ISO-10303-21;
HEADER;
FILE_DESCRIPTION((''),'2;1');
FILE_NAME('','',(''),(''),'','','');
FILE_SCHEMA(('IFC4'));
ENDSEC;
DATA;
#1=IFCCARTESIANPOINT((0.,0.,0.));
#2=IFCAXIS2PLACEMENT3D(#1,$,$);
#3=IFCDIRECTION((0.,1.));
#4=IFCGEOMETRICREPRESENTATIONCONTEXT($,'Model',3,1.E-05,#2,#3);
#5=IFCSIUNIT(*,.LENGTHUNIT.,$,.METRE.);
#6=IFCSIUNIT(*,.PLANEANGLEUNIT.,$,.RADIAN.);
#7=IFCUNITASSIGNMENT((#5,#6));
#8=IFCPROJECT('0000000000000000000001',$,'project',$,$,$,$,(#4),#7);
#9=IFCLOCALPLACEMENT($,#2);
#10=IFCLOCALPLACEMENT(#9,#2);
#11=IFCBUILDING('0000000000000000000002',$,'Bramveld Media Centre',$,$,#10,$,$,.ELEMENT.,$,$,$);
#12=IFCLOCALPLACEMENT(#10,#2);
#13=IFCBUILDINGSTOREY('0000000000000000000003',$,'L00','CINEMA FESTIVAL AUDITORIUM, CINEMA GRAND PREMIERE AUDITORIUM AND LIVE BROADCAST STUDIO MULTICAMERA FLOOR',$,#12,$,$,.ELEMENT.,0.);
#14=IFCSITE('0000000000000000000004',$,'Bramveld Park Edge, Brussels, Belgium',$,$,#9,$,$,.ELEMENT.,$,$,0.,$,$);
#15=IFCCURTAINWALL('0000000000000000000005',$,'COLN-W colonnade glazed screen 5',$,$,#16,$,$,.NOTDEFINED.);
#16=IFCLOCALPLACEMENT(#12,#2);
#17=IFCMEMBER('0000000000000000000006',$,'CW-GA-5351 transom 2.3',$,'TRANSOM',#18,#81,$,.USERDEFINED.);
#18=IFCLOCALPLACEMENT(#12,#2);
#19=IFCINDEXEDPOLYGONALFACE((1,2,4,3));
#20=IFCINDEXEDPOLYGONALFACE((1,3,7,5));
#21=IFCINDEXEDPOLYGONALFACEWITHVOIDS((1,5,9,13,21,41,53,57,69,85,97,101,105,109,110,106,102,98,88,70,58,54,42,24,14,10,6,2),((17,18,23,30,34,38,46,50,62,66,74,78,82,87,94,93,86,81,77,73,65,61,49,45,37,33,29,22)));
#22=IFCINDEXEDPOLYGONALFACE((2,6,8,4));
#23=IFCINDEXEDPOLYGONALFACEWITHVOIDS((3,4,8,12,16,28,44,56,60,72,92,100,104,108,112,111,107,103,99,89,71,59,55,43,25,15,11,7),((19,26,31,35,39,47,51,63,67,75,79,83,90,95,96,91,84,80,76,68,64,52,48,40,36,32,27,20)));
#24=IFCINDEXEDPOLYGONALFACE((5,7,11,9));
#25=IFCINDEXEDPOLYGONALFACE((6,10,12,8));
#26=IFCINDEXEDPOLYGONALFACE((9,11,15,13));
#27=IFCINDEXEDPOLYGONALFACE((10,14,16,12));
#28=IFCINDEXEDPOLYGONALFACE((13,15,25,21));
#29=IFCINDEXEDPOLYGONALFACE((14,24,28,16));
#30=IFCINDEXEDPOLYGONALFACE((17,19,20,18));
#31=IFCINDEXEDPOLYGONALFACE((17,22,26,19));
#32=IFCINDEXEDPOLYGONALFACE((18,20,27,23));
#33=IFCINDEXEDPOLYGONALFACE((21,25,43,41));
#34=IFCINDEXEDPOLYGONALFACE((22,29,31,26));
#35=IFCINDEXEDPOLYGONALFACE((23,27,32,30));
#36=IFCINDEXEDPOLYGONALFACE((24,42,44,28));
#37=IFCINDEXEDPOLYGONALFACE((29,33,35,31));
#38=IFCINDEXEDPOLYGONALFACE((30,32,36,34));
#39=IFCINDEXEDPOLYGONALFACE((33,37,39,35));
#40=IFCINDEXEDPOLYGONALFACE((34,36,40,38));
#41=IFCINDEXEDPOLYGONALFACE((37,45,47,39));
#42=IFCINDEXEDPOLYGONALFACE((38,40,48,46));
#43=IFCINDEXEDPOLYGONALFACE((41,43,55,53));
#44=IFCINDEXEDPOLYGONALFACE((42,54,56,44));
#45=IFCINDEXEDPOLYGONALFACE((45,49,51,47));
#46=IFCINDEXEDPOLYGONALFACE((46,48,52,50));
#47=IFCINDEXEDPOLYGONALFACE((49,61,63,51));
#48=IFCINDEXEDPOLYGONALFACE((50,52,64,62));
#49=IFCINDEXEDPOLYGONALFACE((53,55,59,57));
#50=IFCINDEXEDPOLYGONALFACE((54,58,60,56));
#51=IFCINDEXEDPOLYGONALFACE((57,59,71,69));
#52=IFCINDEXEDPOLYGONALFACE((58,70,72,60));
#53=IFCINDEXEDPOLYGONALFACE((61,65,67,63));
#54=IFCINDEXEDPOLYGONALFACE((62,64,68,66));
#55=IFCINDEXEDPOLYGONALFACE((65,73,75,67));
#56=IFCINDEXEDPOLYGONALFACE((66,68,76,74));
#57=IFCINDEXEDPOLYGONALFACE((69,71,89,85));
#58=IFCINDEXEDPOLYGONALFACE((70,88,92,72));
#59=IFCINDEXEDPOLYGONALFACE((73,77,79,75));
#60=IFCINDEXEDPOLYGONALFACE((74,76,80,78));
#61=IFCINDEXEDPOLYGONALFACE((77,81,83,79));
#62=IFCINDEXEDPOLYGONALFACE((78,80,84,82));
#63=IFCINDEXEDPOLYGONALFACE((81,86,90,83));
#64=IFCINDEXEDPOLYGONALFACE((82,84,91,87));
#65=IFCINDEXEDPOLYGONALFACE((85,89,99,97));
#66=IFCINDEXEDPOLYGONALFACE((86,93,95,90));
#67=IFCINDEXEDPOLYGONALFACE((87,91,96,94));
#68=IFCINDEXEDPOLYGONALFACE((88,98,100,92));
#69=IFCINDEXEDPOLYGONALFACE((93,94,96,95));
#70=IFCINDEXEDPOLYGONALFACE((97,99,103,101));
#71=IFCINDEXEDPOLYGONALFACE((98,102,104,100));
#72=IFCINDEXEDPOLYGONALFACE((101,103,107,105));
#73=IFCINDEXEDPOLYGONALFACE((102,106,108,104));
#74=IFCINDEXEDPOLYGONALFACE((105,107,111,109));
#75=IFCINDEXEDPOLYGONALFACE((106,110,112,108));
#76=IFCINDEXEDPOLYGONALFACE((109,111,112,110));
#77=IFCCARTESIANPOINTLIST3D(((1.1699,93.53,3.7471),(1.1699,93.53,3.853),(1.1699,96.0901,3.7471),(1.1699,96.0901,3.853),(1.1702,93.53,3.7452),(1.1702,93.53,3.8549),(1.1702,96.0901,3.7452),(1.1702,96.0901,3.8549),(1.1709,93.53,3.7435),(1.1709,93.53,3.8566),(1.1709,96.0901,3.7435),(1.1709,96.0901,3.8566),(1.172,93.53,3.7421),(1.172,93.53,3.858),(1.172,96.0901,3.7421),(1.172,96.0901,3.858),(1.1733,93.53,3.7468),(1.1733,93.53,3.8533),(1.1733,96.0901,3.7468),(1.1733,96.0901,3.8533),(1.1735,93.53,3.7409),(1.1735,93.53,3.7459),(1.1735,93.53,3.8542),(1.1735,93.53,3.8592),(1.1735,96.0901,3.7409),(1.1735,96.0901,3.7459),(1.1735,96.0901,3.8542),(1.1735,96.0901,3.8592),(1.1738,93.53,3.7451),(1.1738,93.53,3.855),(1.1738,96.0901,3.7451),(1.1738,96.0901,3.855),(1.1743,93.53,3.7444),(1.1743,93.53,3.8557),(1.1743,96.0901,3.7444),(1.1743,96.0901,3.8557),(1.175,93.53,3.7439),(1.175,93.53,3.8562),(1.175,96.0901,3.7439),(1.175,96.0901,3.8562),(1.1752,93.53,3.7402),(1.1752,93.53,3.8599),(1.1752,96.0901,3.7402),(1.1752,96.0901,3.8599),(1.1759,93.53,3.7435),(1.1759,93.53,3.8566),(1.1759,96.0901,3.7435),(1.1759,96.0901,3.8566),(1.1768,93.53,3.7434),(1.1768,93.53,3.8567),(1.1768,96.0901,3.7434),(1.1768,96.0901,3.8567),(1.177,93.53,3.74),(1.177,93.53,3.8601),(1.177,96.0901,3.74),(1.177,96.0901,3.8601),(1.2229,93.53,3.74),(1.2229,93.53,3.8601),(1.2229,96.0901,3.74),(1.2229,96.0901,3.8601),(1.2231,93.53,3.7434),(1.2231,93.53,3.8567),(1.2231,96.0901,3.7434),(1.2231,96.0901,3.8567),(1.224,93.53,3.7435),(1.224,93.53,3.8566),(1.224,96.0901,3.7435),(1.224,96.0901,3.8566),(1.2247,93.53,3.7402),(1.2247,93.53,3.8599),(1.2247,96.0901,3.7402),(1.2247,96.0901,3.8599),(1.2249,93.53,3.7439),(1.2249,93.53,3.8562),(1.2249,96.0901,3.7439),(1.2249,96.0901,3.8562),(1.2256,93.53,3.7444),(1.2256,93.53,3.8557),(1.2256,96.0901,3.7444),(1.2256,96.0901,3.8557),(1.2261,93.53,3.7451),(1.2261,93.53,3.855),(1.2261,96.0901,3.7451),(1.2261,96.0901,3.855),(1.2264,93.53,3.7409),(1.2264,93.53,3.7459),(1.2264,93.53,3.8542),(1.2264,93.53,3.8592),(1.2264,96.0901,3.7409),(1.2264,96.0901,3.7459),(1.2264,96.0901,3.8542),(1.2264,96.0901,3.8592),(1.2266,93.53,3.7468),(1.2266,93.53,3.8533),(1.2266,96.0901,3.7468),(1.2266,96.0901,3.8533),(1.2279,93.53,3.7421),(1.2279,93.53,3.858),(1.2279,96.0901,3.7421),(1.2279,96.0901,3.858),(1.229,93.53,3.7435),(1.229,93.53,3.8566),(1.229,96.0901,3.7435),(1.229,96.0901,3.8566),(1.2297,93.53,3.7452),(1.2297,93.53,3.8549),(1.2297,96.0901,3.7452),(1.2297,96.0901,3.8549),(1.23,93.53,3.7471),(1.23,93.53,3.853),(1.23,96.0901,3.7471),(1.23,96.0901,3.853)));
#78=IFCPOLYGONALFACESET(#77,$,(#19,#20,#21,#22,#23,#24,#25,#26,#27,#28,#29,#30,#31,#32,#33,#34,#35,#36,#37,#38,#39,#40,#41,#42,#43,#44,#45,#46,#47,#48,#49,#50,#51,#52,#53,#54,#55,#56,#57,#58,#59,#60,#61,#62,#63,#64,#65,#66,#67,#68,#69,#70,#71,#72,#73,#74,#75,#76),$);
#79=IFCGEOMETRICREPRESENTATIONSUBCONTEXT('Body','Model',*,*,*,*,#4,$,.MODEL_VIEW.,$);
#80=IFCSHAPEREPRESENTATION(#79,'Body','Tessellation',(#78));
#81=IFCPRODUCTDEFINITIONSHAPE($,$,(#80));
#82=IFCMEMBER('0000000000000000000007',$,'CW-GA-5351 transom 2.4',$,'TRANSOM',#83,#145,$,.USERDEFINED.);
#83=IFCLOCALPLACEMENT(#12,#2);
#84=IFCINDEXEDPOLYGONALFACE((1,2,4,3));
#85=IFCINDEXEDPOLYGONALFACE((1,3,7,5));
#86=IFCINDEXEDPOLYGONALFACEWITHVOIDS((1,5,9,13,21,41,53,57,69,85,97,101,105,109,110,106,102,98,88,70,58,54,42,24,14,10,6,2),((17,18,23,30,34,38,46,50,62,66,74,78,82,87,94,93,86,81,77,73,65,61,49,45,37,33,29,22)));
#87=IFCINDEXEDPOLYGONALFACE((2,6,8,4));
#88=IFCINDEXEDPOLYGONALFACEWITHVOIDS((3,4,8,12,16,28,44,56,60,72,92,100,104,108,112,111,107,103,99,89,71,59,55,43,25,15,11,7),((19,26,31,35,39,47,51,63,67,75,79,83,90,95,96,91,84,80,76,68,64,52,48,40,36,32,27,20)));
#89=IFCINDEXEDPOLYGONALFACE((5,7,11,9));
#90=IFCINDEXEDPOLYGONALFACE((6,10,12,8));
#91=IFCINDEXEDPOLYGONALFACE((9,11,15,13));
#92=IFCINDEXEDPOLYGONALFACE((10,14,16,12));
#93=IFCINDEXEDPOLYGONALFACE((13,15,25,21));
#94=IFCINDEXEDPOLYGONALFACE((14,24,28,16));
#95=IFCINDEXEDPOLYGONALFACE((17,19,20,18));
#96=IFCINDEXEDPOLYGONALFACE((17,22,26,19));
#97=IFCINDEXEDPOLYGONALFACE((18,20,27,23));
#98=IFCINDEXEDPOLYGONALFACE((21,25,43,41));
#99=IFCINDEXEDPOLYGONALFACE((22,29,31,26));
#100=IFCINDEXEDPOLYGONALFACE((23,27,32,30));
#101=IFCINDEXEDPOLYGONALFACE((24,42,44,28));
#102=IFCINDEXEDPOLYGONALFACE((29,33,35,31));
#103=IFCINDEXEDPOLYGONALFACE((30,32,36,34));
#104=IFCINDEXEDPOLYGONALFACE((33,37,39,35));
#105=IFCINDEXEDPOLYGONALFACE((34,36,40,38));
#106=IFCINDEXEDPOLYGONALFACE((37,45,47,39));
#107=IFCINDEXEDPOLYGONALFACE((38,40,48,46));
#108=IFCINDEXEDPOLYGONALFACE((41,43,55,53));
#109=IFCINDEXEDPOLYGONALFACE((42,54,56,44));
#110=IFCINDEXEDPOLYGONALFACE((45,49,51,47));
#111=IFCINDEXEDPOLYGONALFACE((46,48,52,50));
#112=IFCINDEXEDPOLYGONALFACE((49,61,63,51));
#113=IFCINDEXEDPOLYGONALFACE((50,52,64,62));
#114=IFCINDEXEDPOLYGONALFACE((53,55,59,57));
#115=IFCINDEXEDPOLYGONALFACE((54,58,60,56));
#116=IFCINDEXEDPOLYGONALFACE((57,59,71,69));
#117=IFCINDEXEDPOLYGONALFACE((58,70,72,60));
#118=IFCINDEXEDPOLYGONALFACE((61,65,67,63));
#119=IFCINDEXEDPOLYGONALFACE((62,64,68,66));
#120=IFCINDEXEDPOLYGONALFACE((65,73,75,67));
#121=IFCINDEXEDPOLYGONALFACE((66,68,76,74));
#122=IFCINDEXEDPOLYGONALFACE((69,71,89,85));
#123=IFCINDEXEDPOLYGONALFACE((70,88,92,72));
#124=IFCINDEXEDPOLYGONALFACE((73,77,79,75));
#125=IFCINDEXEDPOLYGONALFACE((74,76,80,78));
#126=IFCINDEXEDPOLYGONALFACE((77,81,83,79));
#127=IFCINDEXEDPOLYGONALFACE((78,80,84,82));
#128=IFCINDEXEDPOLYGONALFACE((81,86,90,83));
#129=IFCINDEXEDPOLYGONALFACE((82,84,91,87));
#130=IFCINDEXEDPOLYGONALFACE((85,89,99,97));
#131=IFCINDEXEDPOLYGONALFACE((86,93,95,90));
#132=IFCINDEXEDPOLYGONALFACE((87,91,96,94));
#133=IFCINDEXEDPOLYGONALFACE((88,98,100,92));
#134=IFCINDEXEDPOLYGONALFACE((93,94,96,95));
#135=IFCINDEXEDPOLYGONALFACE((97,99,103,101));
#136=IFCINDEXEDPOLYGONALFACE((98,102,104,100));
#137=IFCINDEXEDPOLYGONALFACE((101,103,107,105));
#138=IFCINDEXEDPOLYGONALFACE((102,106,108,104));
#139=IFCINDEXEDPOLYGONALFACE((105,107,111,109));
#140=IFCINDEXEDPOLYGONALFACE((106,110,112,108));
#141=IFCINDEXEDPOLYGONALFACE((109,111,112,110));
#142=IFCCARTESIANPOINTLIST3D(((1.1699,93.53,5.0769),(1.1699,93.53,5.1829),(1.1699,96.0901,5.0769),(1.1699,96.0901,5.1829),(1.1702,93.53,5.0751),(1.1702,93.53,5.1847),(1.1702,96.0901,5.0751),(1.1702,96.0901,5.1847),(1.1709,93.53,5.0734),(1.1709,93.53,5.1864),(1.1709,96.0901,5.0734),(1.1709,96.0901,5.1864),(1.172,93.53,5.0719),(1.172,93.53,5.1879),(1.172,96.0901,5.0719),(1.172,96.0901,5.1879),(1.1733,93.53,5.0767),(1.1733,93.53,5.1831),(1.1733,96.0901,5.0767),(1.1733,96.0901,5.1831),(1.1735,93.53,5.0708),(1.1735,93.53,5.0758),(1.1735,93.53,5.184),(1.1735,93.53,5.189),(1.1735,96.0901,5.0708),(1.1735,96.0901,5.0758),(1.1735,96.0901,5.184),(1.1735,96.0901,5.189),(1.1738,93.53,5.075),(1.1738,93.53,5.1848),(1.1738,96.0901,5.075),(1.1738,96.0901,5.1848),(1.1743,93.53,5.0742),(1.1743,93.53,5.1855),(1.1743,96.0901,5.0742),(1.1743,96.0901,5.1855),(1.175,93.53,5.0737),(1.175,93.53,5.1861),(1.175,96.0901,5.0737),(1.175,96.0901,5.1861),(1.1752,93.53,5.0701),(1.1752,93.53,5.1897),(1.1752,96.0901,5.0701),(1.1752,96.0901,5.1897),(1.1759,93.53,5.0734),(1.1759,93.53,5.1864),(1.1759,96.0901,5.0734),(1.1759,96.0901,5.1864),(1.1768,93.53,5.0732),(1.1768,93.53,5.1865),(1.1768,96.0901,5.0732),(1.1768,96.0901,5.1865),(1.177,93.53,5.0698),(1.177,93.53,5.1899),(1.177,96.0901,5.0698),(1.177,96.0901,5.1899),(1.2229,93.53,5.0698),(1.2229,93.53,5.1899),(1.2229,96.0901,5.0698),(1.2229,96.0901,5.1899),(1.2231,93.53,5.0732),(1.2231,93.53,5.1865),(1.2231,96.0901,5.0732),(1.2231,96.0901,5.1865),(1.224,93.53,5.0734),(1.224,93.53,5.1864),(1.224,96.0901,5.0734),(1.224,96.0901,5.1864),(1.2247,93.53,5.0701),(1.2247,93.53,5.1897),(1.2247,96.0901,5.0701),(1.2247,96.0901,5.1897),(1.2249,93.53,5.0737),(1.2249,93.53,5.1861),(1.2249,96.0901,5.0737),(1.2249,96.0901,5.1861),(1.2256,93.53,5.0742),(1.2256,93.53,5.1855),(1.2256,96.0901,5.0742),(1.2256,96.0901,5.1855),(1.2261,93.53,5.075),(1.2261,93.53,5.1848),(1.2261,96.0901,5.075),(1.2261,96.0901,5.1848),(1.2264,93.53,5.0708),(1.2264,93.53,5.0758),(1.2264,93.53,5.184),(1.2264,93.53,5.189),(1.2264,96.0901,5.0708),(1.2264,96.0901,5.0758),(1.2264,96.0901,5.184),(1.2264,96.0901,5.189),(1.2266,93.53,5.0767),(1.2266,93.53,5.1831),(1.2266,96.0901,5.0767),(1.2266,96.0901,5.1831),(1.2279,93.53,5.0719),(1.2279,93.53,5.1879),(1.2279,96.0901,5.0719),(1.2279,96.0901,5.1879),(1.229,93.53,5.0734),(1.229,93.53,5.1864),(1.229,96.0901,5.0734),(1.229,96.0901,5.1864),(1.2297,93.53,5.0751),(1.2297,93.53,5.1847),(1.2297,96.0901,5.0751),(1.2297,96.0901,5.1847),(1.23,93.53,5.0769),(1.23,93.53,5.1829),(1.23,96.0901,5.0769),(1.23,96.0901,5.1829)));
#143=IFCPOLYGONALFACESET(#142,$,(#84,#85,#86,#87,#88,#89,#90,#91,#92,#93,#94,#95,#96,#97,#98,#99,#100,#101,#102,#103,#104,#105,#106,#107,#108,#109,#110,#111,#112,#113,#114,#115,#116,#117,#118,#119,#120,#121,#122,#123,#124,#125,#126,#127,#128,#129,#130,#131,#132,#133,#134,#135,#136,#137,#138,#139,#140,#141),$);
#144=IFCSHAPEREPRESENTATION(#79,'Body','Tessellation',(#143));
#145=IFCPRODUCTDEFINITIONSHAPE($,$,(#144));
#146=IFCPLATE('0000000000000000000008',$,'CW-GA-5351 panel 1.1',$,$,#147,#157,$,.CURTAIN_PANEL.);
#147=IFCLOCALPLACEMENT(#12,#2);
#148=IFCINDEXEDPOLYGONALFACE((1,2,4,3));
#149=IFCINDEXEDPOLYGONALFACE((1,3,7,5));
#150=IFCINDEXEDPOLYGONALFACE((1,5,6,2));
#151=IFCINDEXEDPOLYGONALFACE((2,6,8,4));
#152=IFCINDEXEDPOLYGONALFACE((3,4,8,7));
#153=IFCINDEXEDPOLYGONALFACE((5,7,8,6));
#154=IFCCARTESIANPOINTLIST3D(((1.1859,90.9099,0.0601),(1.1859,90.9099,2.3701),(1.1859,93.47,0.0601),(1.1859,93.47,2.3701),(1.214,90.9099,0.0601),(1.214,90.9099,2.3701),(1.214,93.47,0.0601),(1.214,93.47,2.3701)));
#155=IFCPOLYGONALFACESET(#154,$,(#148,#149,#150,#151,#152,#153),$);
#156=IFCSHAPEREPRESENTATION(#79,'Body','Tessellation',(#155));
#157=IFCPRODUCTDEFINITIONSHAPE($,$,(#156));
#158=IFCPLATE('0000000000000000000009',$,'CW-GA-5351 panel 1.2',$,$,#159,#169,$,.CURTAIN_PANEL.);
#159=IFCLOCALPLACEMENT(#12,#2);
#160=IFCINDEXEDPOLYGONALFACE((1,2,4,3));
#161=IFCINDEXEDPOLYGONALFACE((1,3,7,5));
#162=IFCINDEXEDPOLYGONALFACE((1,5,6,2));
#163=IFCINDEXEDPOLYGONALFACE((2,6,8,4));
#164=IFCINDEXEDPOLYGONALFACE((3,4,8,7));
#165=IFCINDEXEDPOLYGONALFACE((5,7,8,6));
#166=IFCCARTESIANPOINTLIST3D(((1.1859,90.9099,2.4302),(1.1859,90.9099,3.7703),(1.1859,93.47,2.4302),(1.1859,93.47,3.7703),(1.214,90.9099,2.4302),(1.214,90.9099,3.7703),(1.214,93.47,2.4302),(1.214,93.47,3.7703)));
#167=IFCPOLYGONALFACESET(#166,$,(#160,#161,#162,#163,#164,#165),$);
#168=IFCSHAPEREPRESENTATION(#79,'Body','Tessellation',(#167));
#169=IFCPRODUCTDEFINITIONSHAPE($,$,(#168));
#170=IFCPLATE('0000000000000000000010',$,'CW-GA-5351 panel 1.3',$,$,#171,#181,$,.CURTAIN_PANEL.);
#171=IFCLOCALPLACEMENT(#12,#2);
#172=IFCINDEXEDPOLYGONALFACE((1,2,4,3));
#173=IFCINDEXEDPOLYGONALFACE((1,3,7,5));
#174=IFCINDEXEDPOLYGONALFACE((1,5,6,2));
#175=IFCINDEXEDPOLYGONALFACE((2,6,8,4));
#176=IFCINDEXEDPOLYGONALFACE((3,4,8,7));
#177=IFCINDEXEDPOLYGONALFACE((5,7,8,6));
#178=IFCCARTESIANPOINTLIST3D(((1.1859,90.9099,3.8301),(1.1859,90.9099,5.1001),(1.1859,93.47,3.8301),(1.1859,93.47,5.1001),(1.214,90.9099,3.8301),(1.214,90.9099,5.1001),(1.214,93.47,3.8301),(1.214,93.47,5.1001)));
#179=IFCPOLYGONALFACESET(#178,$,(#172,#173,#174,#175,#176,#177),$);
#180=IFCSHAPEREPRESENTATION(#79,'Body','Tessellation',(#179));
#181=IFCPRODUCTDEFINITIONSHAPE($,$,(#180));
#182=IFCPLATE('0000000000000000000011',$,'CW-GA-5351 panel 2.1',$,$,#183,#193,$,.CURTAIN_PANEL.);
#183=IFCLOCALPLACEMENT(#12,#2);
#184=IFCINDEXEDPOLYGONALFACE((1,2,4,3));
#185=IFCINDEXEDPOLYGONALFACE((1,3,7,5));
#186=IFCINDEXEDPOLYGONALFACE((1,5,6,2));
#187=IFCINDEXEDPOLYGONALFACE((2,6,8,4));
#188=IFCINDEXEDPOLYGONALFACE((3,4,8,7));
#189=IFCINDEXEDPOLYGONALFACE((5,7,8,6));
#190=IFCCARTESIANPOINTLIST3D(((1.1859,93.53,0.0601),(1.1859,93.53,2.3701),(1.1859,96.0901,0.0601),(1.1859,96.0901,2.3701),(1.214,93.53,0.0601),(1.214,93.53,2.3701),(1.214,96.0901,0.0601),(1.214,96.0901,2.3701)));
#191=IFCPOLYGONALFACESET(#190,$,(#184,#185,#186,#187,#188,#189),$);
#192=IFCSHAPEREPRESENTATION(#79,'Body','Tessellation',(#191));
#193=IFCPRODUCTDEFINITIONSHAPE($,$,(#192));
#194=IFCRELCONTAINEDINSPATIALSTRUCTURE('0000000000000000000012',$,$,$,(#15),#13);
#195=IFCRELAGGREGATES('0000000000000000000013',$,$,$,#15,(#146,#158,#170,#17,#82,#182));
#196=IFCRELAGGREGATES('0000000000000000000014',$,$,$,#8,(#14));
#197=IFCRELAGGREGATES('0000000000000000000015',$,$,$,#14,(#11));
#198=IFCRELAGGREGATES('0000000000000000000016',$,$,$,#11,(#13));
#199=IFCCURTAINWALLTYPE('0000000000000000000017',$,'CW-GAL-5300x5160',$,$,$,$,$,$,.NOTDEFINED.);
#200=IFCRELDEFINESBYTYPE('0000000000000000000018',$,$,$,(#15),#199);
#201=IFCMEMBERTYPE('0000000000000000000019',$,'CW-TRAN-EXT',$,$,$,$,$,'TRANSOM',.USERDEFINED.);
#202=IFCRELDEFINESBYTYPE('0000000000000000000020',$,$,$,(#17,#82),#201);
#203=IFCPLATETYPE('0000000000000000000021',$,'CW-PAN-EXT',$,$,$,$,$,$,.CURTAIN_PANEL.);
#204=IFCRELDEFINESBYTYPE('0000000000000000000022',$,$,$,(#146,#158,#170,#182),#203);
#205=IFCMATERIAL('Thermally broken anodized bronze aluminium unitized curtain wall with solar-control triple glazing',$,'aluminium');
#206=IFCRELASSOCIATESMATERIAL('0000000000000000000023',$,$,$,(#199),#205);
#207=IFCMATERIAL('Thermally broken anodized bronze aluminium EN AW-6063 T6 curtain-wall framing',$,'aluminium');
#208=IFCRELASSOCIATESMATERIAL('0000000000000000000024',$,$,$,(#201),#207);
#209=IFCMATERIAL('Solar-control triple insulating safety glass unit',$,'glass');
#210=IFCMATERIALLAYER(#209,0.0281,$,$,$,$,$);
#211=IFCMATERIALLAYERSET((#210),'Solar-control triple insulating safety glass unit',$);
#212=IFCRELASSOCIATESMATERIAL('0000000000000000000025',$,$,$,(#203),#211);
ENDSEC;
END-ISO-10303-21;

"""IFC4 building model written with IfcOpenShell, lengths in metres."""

from ifc_helpers import new_model, si_unit, direction, frame, origin, origin_2d, place, context, subcontext, project, spatial, rectangle, hollow_rectangle, extrude, material, layer, layer_set, material_profile, profile_set, type_object, element, aggregate, save


model = new_model("IFC4")

# Units and contexts
model_context = context("Model", 3, precision=1e-05, world=origin(), true_north=direction((0.0, 1.0)))
body_context = subcontext(model_context, "Body", "Model", "MODEL_VIEW")
ifc_project = project(units=[si_unit("LENGTHUNIT", "METRE"), si_unit("PLANEANGLEUNIT", "RADIAN")], contexts=[model_context])

# Site, building, storey
site_placement = place(None, origin())
site = spatial("IfcSite", under=ifc_project, at=site_placement, Name="Bramveld Park Edge, Brussels, Belgium", CompositionType="ELEMENT", RefElevation=0.0)
building_placement = place(site_placement, origin())
building = spatial("IfcBuilding", under=site, at=building_placement, Name="Bramveld Media Centre", CompositionType="ELEMENT")
storey_placement = place(building_placement, origin())
storey = spatial("IfcBuildingStorey", under=building, at=storey_placement, Name="L00", Description="CINEMA FESTIVAL AUDITORIUM, CINEMA GRAND PREMIERE AUDITORIUM AND LIVE BROADCAST STUDIO MULTICAMERA FLOOR", CompositionType="ELEMENT", Elevation=0.0)

# Curtain wall
ifc_material_1 = material(Name="Thermally broken anodized bronze aluminium unitized curtain wall with solar-control triple glazing", Category="aluminium")
curtain_wall_type_1 = type_object("IfcCurtainWallType", Name="CW-GAL-5300x5160", PredefinedType="NOTDEFINED", material=ifc_material_1)
curtain_wall_1_placement = place(storey_placement, origin())
curtain_wall_1 = element("IfcCurtainWall", 1, at=curtain_wall_1_placement, inside=storey, type_object=curtain_wall_type_1, Name="COLN-W colonnade glazed screen 5", PredefinedType="NOTDEFINED")

# Members
ifc_material_2 = material(Name="Thermally broken anodized bronze aluminium EN AW-6063 T6 curtain-wall framing", Category="aluminium")
ifc_material_profile_1 = material_profile(ifc_material_2, hollow_rectangle(XDim=0.0601, YDim=0.1201, WallThickness=0.0034, InnerFilletRadius=0.0034, OuterFilletRadius=0.0071, at=origin_2d()), Name="AL-TRAN 60x120")
ifc_profile_set_1 = profile_set([ifc_material_profile_1], Name="Thermally broken anodized bronze aluminium EN AW-6063 T6 curtain-wall framing")
member_type_1 = type_object("IfcMemberType", Name="CW-TRAN-EXT", ElementType="TRANSOM", PredefinedType="USERDEFINED", material=ifc_profile_set_1)
member_1_placement = place(storey_placement, frame((1.2, 93.53, 3.8), z_axis=(0.0, 1.0, 0.0), x_axis=(-1.0, 0.0, 0.0)))
member_1 = element("IfcMember", 2, at=member_1_placement, type_object=member_type_1, Name="CW-GA-5351 transom 2.3", ObjectType="TRANSOM", PredefinedType="USERDEFINED", context=body_context, shape_type="SweptSolid", body=[
    extrude(hollow_rectangle(XDim=0.0601, YDim=0.1201, WallThickness=0.0034, InnerFilletRadius=0.0034, OuterFilletRadius=0.0071, at=origin_2d()), origin(), (0.0, 0.0, 1.0), 2.5601),
])
member_2_placement = place(storey_placement, frame((1.2, 93.53, 5.1299), z_axis=(0.0, 1.0, 0.0), x_axis=(-1.0, 0.0, 0.0)))
member_2 = element("IfcMember", 3, at=member_2_placement, type_object=member_type_1, Name="CW-GA-5351 transom 2.4", ObjectType="TRANSOM", PredefinedType="USERDEFINED", context=body_context, shape_type="SweptSolid", body=[
    extrude(hollow_rectangle(XDim=0.0601, YDim=0.1201, WallThickness=0.0034, InnerFilletRadius=0.0034, OuterFilletRadius=0.0071, at=origin_2d()), origin(), (0.0, 0.0, 1.0), 2.5601),
])

# Plates
ifc_material_3 = material(Name="Solar-control triple insulating safety glass unit", Category="glass")
ifc_layer = layer(ifc_material_3, 0.0281)
ifc_layer_set = layer_set([ifc_layer], Name="Solar-control triple insulating safety glass unit")
plate_type = type_object("IfcPlateType", Name="CW-PAN-EXT", PredefinedType="CURTAIN_PANEL", material=ifc_layer_set)
plate_1_placement = place(storey_placement, frame((1.2, 92.1899, 0.0601), z_axis=(0.0, 0.0, 1.0), x_axis=(0.0, 1.0, 0.0)))
plate_1 = element("IfcPlate", 4, at=plate_1_placement, type_object=plate_type, Name="CW-GA-5351 panel 1.1", PredefinedType="CURTAIN_PANEL", context=body_context, shape_type="SweptSolid", body=[
    extrude(rectangle(XDim=2.5601, YDim=0.0281, at=origin_2d()), origin(), (0.0, 0.0, 1.0), 2.3101),
])
plate_2_placement = place(storey_placement, frame((1.2, 92.1899, 2.4302), z_axis=(0.0, 0.0, 1.0), x_axis=(0.0, 1.0, 0.0)))
plate_2 = element("IfcPlate", 5, at=plate_2_placement, type_object=plate_type, Name="CW-GA-5351 panel 1.2", PredefinedType="CURTAIN_PANEL", context=body_context, shape_type="SweptSolid", body=[
    extrude(rectangle(XDim=2.5601, YDim=0.0281, at=origin_2d()), origin(), (0.0, 0.0, 1.0), 1.3401),
])
plate_3_placement = place(storey_placement, frame((1.2, 92.1899, 3.8301), z_axis=(0.0, 0.0, 1.0), x_axis=(0.0, 1.0, 0.0)))
plate_3 = element("IfcPlate", 6, at=plate_3_placement, type_object=plate_type, Name="CW-GA-5351 panel 1.3", PredefinedType="CURTAIN_PANEL", context=body_context, shape_type="SweptSolid", body=[
    extrude(rectangle(XDim=2.5601, YDim=0.0281, at=origin_2d()), origin(), (0.0, 0.0, 1.0), 1.27),
])
plate_4_placement = place(storey_placement, frame((1.2, 94.8101, 0.0601), z_axis=(0.0, 0.0, 1.0), x_axis=(0.0, 1.0, 0.0)))
plate_4 = element("IfcPlate", 7, at=plate_4_placement, type_object=plate_type, Name="CW-GA-5351 panel 2.1", PredefinedType="CURTAIN_PANEL", context=body_context, shape_type="SweptSolid", body=[
    extrude(rectangle(XDim=2.5601, YDim=0.0281, at=origin_2d()), origin(), (0.0, 0.0, 1.0), 2.3101),
])
aggregate(curtain_wall_1, [plate_1, plate_2, plate_3, member_1, member_2, plate_4])

save(model, "model.ifc")
